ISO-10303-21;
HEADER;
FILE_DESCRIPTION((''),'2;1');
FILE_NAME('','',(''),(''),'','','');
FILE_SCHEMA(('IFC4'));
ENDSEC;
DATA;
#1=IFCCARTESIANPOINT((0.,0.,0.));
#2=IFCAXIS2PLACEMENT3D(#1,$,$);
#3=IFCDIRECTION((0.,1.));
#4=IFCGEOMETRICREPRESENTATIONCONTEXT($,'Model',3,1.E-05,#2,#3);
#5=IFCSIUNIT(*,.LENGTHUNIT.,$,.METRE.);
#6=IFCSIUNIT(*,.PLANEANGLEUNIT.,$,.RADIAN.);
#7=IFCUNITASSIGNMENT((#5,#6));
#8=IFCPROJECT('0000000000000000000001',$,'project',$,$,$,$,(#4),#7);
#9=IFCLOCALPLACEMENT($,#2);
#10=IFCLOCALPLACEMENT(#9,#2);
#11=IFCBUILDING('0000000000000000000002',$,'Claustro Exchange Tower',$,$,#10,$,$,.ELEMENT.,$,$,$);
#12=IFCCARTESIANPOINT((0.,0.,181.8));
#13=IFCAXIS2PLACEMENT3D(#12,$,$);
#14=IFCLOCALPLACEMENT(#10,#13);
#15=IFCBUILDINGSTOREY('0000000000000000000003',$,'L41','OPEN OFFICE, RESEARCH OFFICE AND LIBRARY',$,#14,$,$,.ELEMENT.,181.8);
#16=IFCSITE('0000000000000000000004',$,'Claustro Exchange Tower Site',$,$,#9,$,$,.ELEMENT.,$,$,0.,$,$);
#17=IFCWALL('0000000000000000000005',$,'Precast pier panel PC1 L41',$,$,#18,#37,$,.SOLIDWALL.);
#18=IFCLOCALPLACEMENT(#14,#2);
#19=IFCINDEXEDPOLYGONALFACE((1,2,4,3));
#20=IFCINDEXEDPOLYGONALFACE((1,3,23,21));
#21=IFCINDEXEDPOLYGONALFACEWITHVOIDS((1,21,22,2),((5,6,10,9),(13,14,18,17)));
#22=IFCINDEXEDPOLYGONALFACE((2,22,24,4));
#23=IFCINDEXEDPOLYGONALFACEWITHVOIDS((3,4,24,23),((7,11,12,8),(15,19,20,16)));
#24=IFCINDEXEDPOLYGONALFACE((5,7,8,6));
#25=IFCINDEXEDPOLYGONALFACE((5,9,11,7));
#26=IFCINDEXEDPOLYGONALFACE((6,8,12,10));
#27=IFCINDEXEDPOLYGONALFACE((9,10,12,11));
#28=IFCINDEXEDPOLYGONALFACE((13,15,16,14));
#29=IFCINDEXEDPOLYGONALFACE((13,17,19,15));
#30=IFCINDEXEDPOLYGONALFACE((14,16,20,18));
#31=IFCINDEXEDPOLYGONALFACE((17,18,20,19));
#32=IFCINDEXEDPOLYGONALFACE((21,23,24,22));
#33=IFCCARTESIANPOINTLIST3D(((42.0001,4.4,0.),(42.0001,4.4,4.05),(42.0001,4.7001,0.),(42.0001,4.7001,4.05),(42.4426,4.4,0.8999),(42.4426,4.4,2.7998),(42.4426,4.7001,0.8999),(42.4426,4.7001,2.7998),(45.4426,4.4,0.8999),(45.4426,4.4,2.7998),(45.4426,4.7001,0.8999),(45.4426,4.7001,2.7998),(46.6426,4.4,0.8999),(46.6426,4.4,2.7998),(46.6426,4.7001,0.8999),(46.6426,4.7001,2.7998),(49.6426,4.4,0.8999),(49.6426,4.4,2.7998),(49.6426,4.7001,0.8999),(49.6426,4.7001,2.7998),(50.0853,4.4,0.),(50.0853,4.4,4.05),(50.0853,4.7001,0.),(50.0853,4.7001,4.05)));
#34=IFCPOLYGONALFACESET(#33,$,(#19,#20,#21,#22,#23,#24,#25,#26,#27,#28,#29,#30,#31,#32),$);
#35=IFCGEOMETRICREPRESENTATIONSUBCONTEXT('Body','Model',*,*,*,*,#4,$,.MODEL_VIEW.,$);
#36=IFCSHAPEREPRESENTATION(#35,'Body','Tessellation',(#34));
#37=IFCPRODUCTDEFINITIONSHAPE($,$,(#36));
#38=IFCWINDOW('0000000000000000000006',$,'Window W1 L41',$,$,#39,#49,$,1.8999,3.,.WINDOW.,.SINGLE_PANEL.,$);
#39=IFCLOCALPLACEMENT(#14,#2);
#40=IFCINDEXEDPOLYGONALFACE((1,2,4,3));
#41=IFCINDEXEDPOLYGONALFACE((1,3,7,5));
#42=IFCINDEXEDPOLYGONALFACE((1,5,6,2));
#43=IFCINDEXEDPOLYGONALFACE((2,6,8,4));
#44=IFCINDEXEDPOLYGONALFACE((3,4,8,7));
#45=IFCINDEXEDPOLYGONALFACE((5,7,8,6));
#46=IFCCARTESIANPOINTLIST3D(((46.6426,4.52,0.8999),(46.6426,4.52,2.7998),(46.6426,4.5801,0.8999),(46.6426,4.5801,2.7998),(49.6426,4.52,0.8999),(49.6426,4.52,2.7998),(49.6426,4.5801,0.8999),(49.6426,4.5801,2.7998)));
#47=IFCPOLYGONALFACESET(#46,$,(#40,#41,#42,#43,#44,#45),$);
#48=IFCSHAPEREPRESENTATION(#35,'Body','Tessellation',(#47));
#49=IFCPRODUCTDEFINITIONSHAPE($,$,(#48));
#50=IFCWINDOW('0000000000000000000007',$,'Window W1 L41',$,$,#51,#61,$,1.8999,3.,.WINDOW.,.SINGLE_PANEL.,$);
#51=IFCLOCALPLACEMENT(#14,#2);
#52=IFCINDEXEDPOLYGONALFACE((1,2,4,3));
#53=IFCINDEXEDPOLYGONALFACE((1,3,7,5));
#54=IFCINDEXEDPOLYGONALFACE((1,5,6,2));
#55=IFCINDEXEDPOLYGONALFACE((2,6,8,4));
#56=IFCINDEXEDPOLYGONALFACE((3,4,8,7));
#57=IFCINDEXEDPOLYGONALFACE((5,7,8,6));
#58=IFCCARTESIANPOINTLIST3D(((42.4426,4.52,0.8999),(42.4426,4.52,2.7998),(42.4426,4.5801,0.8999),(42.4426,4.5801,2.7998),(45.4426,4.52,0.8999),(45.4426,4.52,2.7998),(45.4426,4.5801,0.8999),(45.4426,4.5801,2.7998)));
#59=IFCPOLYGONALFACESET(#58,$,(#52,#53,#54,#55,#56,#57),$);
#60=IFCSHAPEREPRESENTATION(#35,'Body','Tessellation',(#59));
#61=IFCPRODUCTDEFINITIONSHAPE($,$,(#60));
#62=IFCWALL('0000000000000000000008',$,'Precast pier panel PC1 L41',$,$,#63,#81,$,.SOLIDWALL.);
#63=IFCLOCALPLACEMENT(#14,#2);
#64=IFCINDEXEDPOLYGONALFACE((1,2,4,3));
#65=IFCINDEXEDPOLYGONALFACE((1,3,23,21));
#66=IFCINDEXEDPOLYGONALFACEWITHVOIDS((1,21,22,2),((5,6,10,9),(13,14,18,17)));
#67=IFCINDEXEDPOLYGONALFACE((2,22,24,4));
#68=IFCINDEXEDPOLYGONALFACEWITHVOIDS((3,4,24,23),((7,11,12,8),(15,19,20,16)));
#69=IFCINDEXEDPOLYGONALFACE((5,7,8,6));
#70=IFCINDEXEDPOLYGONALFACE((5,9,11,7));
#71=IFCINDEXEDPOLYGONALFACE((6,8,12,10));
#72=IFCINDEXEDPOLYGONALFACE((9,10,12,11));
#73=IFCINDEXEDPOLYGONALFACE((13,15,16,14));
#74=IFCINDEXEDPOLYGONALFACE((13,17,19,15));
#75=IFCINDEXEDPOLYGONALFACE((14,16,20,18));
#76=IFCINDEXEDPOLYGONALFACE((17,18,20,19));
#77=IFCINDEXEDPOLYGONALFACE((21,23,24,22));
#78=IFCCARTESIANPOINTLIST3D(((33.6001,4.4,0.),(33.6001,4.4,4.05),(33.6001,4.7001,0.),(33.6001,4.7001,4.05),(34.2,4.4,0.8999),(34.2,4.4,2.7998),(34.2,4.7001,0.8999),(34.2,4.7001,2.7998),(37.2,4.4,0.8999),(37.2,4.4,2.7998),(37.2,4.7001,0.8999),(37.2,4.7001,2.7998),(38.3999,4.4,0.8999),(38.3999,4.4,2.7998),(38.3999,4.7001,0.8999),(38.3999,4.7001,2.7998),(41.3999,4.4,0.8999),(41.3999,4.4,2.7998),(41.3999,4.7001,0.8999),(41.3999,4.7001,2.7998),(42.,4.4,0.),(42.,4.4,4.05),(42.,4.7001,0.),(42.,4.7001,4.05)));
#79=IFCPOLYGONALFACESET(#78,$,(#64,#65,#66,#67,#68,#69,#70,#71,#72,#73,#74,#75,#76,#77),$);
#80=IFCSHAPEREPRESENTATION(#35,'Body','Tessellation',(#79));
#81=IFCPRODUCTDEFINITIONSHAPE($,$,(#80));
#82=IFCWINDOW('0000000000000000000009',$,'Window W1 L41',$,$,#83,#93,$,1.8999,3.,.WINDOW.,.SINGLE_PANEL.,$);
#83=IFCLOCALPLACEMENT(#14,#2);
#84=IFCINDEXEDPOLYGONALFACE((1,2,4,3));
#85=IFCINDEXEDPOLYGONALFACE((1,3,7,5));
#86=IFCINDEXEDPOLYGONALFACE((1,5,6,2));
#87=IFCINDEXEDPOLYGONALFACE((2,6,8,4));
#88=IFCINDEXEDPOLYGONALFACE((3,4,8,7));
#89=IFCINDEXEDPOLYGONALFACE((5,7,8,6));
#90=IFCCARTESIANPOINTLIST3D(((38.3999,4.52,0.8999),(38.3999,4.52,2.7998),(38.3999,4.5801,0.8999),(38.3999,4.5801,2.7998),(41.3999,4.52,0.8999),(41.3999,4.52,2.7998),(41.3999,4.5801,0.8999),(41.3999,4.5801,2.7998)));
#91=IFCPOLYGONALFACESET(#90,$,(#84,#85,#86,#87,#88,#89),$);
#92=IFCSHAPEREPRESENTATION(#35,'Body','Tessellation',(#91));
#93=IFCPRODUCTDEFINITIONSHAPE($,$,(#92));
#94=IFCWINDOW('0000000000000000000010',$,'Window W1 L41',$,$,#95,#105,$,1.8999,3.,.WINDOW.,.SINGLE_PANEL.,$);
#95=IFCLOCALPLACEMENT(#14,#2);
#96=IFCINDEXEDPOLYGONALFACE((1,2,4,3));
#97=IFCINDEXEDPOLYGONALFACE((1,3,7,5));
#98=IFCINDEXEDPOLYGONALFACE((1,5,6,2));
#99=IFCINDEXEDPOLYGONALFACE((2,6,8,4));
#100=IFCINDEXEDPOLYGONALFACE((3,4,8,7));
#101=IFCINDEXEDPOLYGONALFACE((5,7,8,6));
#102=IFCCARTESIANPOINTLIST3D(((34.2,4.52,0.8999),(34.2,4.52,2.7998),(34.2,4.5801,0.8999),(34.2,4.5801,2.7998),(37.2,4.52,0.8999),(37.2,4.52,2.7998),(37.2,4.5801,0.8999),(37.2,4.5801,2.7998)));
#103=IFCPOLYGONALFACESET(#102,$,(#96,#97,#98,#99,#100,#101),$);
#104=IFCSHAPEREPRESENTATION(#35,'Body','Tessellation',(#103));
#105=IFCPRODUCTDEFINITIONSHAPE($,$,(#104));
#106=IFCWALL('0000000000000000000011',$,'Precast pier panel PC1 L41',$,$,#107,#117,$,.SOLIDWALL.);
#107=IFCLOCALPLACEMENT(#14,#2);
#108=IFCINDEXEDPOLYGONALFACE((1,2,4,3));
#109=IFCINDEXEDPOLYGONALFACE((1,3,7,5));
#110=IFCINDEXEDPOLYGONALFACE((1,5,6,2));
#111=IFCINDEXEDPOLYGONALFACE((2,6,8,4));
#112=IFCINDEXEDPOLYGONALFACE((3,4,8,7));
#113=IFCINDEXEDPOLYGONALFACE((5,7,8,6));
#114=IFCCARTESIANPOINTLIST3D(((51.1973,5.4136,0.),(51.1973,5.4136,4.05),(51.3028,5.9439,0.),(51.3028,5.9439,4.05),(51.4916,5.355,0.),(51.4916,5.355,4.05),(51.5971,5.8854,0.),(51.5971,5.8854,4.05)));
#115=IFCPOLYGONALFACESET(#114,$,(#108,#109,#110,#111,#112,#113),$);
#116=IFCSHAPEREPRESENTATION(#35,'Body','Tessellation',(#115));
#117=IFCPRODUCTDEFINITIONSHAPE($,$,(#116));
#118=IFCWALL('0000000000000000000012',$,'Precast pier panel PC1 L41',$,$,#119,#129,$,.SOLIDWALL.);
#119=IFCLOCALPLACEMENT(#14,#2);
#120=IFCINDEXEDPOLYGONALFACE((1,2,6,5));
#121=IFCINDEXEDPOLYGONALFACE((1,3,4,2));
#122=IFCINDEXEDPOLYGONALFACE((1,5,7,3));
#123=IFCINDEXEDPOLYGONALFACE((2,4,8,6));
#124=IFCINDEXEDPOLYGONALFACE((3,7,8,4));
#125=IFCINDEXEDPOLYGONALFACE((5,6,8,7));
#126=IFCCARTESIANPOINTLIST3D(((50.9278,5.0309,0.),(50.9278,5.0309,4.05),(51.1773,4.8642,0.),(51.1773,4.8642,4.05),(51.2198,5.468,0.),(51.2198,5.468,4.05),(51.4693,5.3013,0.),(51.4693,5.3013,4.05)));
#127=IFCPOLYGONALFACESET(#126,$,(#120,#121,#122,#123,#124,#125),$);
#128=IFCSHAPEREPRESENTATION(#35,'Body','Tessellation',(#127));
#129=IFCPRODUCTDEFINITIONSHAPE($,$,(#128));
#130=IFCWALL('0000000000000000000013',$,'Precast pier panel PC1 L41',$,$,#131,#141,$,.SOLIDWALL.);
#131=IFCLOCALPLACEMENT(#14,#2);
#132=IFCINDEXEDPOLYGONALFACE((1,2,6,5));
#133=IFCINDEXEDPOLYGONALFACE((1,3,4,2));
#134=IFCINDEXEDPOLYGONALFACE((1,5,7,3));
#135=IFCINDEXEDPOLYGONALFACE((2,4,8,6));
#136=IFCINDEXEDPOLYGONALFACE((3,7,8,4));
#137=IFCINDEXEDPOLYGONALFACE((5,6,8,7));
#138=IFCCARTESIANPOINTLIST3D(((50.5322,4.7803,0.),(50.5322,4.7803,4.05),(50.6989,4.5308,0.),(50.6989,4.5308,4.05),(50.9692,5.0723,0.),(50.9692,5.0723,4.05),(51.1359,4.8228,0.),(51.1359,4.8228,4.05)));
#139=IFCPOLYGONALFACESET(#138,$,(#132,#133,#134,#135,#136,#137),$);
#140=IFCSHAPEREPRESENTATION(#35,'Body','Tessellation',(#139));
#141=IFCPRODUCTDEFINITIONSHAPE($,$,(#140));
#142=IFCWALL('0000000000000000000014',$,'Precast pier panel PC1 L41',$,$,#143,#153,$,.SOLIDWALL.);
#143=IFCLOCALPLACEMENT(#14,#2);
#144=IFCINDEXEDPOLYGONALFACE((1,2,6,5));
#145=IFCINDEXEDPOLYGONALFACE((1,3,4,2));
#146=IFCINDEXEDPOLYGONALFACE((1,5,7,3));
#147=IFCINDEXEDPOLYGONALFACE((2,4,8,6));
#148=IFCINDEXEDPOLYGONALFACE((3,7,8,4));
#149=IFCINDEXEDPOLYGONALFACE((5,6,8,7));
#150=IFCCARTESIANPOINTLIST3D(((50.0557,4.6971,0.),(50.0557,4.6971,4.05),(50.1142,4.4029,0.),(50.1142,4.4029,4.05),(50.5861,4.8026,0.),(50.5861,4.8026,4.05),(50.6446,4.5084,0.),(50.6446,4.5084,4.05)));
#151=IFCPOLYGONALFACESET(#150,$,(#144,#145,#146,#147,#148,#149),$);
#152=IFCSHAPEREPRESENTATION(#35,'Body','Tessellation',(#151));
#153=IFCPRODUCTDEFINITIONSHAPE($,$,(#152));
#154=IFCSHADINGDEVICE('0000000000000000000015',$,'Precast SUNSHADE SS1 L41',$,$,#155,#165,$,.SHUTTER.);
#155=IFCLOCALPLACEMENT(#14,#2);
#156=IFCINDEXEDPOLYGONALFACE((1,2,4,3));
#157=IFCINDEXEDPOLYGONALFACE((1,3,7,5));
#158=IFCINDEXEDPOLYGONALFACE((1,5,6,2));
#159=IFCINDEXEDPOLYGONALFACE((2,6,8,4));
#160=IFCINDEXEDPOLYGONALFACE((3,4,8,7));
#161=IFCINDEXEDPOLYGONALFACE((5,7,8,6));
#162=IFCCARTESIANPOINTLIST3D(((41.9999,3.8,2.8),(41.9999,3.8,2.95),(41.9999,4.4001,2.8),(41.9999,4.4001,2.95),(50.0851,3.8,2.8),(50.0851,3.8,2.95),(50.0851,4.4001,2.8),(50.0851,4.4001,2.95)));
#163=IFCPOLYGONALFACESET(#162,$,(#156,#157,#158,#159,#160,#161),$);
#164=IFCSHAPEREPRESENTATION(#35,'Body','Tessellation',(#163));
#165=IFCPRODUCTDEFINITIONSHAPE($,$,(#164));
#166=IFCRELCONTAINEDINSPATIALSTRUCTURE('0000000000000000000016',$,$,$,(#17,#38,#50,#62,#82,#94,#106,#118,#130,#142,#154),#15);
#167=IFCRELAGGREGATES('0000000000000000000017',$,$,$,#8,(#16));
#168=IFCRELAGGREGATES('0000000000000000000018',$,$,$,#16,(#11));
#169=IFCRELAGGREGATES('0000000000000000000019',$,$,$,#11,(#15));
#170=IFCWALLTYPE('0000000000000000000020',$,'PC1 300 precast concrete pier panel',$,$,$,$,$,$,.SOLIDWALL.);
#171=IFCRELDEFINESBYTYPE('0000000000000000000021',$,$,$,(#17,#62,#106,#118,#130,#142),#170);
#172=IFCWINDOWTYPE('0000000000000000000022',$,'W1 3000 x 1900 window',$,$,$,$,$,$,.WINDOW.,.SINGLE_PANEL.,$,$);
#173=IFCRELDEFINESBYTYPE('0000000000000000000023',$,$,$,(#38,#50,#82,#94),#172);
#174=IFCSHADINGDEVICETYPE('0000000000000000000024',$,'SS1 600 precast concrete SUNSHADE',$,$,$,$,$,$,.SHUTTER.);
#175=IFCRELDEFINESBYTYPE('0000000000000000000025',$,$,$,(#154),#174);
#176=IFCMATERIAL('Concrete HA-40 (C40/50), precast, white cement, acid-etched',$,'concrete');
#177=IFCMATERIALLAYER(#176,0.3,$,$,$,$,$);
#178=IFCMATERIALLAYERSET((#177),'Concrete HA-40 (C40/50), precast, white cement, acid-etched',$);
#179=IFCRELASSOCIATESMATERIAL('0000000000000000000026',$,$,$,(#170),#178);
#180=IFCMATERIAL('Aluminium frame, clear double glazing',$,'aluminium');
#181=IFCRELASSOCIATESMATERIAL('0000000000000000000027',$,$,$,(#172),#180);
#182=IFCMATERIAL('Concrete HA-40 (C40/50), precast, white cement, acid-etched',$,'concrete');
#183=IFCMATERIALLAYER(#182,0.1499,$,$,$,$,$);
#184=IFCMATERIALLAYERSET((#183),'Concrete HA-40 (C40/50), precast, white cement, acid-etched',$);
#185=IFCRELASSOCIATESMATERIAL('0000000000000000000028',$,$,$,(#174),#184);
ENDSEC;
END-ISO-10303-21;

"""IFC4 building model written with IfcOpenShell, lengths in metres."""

from ifc_helpers import new_model, si_unit, direction, frame, frame_2d, origin, origin_2d, place, context, subcontext, project, spatial, rectangle, extrude, material, layer, layer_set, type_object, element, fill, save


model = new_model("IFC4")

# Units and contexts
model_context = context("Model", 3, precision=1e-05, world=origin(), true_north=direction((0.0, 1.0)))
body_context = subcontext(model_context, "Body", "Model", "MODEL_VIEW")
ifc_project = project(units=[si_unit("LENGTHUNIT", "METRE"), si_unit("PLANEANGLEUNIT", "RADIAN")], contexts=[model_context])

# Site, building, storey
site_placement = place(None, origin())
site = spatial("IfcSite", under=ifc_project, at=site_placement, Name="Claustro Exchange Tower Site", CompositionType="ELEMENT", RefElevation=0.0)
building_placement = place(site_placement, origin())
building = spatial("IfcBuilding", under=site, at=building_placement, Name="Claustro Exchange Tower", CompositionType="ELEMENT")
storey_placement = place(building_placement, frame((0.0, 0.0, 181.8)))
storey = spatial("IfcBuildingStorey", under=building, at=storey_placement, Name="L41", Description="OPEN OFFICE, RESEARCH OFFICE AND LIBRARY", CompositionType="ELEMENT", Elevation=181.8)

# Walls, openings, windows
ifc_material_1 = material(Name="Concrete HA-40 (C40/50), precast, white cement, acid-etched", Category="concrete")
ifc_layer_1 = layer(ifc_material_1, 0.3)
ifc_layer_set_1 = layer_set([ifc_layer_1], Name="Concrete HA-40 (C40/50), precast, white cement, acid-etched")
wall_type_1 = type_object("IfcWallType", Name="PC1 300 precast concrete pier panel", PredefinedType="SOLIDWALL", material=ifc_layer_set_1)
wall_1_placement = place(storey_placement, frame((50.0852, 4.55, 0.0), z_axis=(0.0, 0.0, 1.0), x_axis=(-1.0, 0.0, 0.0)))
wall_1 = element("IfcWall", 1, at=wall_1_placement, inside=storey, type_object=wall_type_1, Name="Precast pier panel PC1 L41", PredefinedType="SOLIDWALL", context=body_context, shape_type="SweptSolid", body=[
    extrude(rectangle(XDim=8.0852, YDim=0.3, at=frame_2d((4.0425, 0.0))), origin(), (0.0, 0.0, 1.0), 4.05),
])
opening_1_placement = place(wall_1_placement, frame((0.4426, 0.0, 0.8999)))
opening_1 = element("IfcOpeningElement", 2, at=opening_1_placement, cuts=wall_1, PredefinedType="OPENING", context=body_context, shape_type="SweptSolid", body=[
    extrude(rectangle(XDim=3.0, YDim=1.8999, at=frame_2d((1.5, 0.95))), frame((0.0, 0.1599, 0.0), z_axis=(0.0, -1.0, 0.0), x_axis=(1.0, 0.0, 0.0)), (0.0, 0.0, 1.0), 0.3201),
])
opening_2_placement = place(wall_1_placement, frame((4.6426, 0.0, 0.8999)))
opening_2 = element("IfcOpeningElement", 3, at=opening_2_placement, cuts=wall_1, PredefinedType="OPENING", context=body_context, shape_type="SweptSolid", body=[
    extrude(rectangle(XDim=3.0, YDim=1.8999, at=frame_2d((1.5, 0.95))), frame((0.0, 0.1599, 0.0), z_axis=(0.0, -1.0, 0.0), x_axis=(1.0, 0.0, 0.0)), (0.0, 0.0, 1.0), 0.3201),
])
ifc_material_2 = material(Name="Aluminium frame, clear double glazing", Category="aluminium")
window_type = type_object("IfcWindowType", Name="W1 3000 x 1900 window", PartitioningType="SINGLE_PANEL", PredefinedType="WINDOW", material=ifc_material_2)
window_1_placement = place(opening_1_placement, origin())
window_1 = element("IfcWindow", 4, at=window_1_placement, inside=storey, type_object=window_type, Name="Window W1 L41", OverallHeight=1.8999, OverallWidth=3.0, PartitioningType="SINGLE_PANEL", PredefinedType="WINDOW", context=body_context, shape_type="SweptSolid", body=[
    extrude(rectangle(XDim=3.0, YDim=1.8999, at=frame_2d((1.5, 0.95))), frame((0.0, 0.03, 0.0), z_axis=(0.0, -1.0, 0.0), x_axis=(1.0, 0.0, 0.0)), (0.0, 0.0, 1.0), 0.0601),
])
fill(opening_1, window_1)
window_2_placement = place(opening_2_placement, origin())
window_2 = element("IfcWindow", 5, at=window_2_placement, inside=storey, type_object=window_type, Name="Window W1 L41", OverallHeight=1.8999, OverallWidth=3.0, PartitioningType="SINGLE_PANEL", PredefinedType="WINDOW", context=body_context, shape_type="SweptSolid", body=[
    extrude(rectangle(XDim=3.0, YDim=1.8999, at=frame_2d((1.5, 0.95))), frame((0.0, 0.03, 0.0), z_axis=(0.0, -1.0, 0.0), x_axis=(1.0, 0.0, 0.0)), (0.0, 0.0, 1.0), 0.0601),
])
fill(opening_2, window_2)
wall_2_placement = place(storey_placement, frame((42.0, 4.55, 0.0), z_axis=(0.0, 0.0, 1.0), x_axis=(-1.0, 0.0, 0.0)))
wall_2 = element("IfcWall", 6, at=wall_2_placement, inside=storey, type_object=wall_type_1, Name="Precast pier panel PC1 L41", PredefinedType="SOLIDWALL", context=body_context, shape_type="SweptSolid", body=[
    extrude(rectangle(XDim=8.3999, YDim=0.3, at=frame_2d((4.2, 0.0))), origin(), (0.0, 0.0, 1.0), 4.05),
])
opening_3_placement = place(wall_2_placement, frame((0.6001, 0.0, 0.8999)))
opening_3 = element("IfcOpeningElement", 7, at=opening_3_placement, cuts=wall_2, PredefinedType="OPENING", context=body_context, shape_type="SweptSolid", body=[
    extrude(rectangle(XDim=3.0, YDim=1.8999, at=frame_2d((1.5, 0.95))), frame((0.0, 0.1599, 0.0), z_axis=(0.0, -1.0, 0.0), x_axis=(1.0, 0.0, 0.0)), (0.0, 0.0, 1.0), 0.3201),
])
opening_4_placement = place(wall_2_placement, frame((4.8, 0.0, 0.8999)))
opening_4 = element("IfcOpeningElement", 8, at=opening_4_placement, cuts=wall_2, PredefinedType="OPENING", context=body_context, shape_type="SweptSolid", body=[
    extrude(rectangle(XDim=3.0, YDim=1.8999, at=frame_2d((1.5, 0.95))), frame((0.0, 0.1599, 0.0), z_axis=(0.0, -1.0, 0.0), x_axis=(1.0, 0.0, 0.0)), (0.0, 0.0, 1.0), 0.3201),
])
window_3_placement = place(opening_3_placement, origin())
window_3 = element("IfcWindow", 9, at=window_3_placement, inside=storey, type_object=window_type, Name="Window W1 L41", OverallHeight=1.8999, OverallWidth=3.0, PartitioningType="SINGLE_PANEL", PredefinedType="WINDOW", context=body_context, shape_type="SweptSolid", body=[
    extrude(rectangle(XDim=3.0, YDim=1.8999, at=frame_2d((1.5, 0.95))), frame((0.0, 0.03, 0.0), z_axis=(0.0, -1.0, 0.0), x_axis=(1.0, 0.0, 0.0)), (0.0, 0.0, 1.0), 0.0601),
])
fill(opening_3, window_3)
window_4_placement = place(opening_4_placement, origin())
window_4 = element("IfcWindow", 10, at=window_4_placement, inside=storey, type_object=window_type, Name="Window W1 L41", OverallHeight=1.8999, OverallWidth=3.0, PartitioningType="SINGLE_PANEL", PredefinedType="WINDOW", context=body_context, shape_type="SweptSolid", body=[
    extrude(rectangle(XDim=3.0, YDim=1.8999, at=frame_2d((1.5, 0.95))), frame((0.0, 0.03, 0.0), z_axis=(0.0, -1.0, 0.0), x_axis=(1.0, 0.0, 0.0)), (0.0, 0.0, 1.0), 0.0601),
])
fill(opening_4, window_4)

# Walls
wall_3_placement = place(storey_placement, frame((51.45, 5.9148, 0.0), z_axis=(0.0, 0.0, 1.0), x_axis=(-0.195074, -0.980789, 0.0)))
element("IfcWall", 11, at=wall_3_placement, inside=storey, type_object=wall_type_1, Name="Precast pier panel PC1 L41", PredefinedType="SOLIDWALL", context=body_context, shape_type="SweptSolid", body=[
    extrude(rectangle(XDim=0.5408, YDim=0.3, at=frame_2d((0.2705, 0.0))), origin(), (0.0, 0.0, 1.0), 4.05),
])
for number, where, z_axis, x_axis, name in (
    (12, (51.3445, 5.3845, 0.0), (0.0, 0.0, 1.0), (-0.555557, -0.831478, 0.0), "Precast pier panel PC1 L41"),
    (13, (51.0525, 4.9475, 0.0), (0.0, 0.0, 1.0), (-0.831478, -0.555557, 0.0), "Precast pier panel PC1 L41"),
):
    element("IfcWall", number, at=place(storey_placement, frame(where, z_axis=z_axis, x_axis=x_axis)), inside=storey, type_object=wall_type_1, Name=name, PredefinedType="SOLIDWALL", context=body_context, shape_type="SweptSolid", body=[
        extrude(rectangle(XDim=0.5256, YDim=0.3, at=frame_2d((0.2627, 0.0))), origin(), (0.0, 0.0, 1.0), 4.05),
    ])
wall_4_placement = place(storey_placement, frame((50.6155, 4.6555, 0.0), z_axis=(0.0, 0.0, 1.0), x_axis=(-0.980789, -0.195074, 0.0)))
element("IfcWall", 14, at=wall_4_placement, inside=storey, type_object=wall_type_1, Name="Precast pier panel PC1 L41", PredefinedType="SOLIDWALL", context=body_context, shape_type="SweptSolid", body=[
    extrude(rectangle(XDim=0.5408, YDim=0.3, at=frame_2d((0.2705, 0.0))), origin(), (0.0, 0.0, 1.0), 4.05),
])

# Shading device
ifc_material_3 = material(Name="Concrete HA-40 (C40/50), precast, white cement, acid-etched", Category="concrete")
ifc_layer_2 = layer(ifc_material_3, 0.1499)
ifc_layer_set_2 = layer_set([ifc_layer_2], Name="Concrete HA-40 (C40/50), precast, white cement, acid-etched")
shading_device_type = type_object("IfcShadingDeviceType", Name="SS1 600 precast concrete SUNSHADE", PredefinedType="SHUTTER", material=ifc_layer_set_2)
shading_device_placement = place(storey_placement, frame((46.0425, 4.1001, 2.8), z_axis=(0.0, 0.0, 1.0), x_axis=(-1.0, 0.0, 0.0)))
element("IfcShadingDevice", 15, at=shading_device_placement, inside=storey, type_object=shading_device_type, Name="Precast SUNSHADE SS1 L41", PredefinedType="SHUTTER", context=body_context, shape_type="SweptSolid", body=[
    extrude(rectangle(XDim=8.0852, YDim=0.6001, at=origin_2d()), origin(), (0.0, 0.0, 1.0), 0.1499),
])

save(model, "model.ifc")
